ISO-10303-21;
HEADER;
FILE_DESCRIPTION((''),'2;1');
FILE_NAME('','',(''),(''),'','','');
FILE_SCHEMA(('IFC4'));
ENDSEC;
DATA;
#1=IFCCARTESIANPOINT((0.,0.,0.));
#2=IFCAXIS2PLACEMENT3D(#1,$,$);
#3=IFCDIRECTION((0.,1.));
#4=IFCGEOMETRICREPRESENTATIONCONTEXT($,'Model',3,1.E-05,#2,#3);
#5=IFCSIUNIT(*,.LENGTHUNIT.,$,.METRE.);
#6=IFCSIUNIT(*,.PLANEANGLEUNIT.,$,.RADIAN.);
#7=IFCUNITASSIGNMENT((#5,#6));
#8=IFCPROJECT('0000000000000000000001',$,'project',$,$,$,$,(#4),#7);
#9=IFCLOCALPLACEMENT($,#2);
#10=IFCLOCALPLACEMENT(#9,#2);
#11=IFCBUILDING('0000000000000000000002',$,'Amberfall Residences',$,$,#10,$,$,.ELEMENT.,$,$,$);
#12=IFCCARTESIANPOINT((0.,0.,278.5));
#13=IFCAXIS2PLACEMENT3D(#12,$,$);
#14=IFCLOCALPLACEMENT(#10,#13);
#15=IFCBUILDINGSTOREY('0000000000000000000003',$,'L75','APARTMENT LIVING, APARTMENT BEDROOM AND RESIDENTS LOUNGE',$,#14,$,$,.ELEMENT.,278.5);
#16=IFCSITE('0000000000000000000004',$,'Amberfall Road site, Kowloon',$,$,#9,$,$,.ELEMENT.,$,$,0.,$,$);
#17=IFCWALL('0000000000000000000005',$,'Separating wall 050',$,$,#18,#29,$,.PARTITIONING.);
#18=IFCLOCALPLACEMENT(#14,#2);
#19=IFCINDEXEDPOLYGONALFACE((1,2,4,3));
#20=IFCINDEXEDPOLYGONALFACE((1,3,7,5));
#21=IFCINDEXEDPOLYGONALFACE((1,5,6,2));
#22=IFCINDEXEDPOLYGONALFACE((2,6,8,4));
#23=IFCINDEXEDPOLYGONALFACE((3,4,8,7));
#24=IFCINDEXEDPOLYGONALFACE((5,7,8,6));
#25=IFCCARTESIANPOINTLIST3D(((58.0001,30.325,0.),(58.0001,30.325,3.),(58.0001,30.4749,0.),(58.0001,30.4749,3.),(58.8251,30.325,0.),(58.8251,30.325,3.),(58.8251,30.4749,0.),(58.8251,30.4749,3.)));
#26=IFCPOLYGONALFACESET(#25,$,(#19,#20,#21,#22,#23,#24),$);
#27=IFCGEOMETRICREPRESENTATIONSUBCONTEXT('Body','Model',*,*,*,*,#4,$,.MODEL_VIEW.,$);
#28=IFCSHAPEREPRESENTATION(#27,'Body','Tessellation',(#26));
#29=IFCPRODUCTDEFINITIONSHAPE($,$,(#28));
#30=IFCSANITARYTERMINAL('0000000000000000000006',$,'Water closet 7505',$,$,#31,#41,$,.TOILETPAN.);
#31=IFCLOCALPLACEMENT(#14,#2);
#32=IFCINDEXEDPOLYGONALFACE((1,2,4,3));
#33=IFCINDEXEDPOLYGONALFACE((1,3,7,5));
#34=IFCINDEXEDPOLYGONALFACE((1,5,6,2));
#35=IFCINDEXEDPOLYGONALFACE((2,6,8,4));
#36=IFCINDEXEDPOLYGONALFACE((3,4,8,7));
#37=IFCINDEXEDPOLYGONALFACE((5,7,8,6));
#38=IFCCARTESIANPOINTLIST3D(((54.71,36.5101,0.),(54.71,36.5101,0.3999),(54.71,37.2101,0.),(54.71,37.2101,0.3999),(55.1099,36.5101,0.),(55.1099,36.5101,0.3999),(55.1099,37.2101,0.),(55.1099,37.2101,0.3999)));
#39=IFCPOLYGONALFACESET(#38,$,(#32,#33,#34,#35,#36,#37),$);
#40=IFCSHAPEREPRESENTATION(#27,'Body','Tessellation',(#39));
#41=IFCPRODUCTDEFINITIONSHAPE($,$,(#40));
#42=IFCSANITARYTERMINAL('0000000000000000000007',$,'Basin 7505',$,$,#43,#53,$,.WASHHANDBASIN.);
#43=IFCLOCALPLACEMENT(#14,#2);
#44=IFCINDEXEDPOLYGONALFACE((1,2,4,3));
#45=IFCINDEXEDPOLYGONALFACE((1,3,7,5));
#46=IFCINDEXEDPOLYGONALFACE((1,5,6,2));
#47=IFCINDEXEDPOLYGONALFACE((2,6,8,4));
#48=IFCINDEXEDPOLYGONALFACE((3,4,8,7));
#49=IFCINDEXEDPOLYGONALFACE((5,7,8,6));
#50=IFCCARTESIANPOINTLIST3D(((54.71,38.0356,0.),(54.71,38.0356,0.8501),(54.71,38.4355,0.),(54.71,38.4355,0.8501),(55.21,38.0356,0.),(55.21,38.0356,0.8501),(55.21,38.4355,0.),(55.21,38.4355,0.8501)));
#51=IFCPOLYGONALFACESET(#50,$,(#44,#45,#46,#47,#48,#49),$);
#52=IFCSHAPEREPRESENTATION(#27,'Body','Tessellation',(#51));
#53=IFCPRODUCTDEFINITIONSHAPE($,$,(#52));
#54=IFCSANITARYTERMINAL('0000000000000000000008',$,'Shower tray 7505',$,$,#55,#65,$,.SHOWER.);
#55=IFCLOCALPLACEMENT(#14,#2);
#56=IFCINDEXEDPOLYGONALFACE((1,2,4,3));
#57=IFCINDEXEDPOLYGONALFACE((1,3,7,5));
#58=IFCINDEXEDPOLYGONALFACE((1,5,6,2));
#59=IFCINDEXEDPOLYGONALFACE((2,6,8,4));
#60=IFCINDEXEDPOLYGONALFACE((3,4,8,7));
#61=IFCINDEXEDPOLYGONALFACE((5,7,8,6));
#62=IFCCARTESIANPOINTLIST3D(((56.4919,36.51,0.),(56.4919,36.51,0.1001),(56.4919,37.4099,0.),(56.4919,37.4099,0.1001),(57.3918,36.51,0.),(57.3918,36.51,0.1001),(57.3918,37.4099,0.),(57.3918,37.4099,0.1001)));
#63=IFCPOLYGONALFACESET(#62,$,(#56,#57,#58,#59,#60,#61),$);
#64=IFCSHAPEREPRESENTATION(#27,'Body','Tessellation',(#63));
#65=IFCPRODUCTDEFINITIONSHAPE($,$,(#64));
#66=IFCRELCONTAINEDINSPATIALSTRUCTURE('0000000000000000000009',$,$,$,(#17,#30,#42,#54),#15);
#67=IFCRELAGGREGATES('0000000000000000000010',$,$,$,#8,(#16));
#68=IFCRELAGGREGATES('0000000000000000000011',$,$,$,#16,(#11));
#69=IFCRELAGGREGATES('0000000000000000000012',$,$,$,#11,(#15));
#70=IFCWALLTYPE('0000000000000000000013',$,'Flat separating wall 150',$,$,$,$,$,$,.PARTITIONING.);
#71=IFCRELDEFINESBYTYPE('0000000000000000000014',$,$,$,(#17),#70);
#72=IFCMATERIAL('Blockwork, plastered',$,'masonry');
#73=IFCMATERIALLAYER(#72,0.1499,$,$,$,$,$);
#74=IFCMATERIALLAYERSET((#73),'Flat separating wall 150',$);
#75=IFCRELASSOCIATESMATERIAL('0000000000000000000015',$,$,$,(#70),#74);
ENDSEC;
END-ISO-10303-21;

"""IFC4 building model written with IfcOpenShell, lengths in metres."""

from ifc_helpers import new_model, si_unit, direction, frame, frame_2d, origin, origin_2d, place, context, subcontext, project, spatial, rectangle, extrude, material, layer, layer_set, type_object, element, save


model = new_model("IFC4")

# Units and contexts
model_context = context("Model", 3, precision=1e-05, world=origin(), true_north=direction((0.0, 1.0)))
body_context = subcontext(model_context, "Body", "Model", "MODEL_VIEW")
ifc_project = project(units=[si_unit("LENGTHUNIT", "METRE"), si_unit("PLANEANGLEUNIT", "RADIAN")], contexts=[model_context])

# Site, building, storey
site_placement = place(None, origin())
site = spatial("IfcSite", under=ifc_project, at=site_placement, Name="Amberfall Road site, Kowloon", CompositionType="ELEMENT", RefElevation=0.0)
building_placement = place(site_placement, origin())
building = spatial("IfcBuilding", under=site, at=building_placement, Name="Amberfall Residences", CompositionType="ELEMENT")
storey_placement = place(building_placement, frame((0.0, 0.0, 278.5)))
storey = spatial("IfcBuildingStorey", under=building, at=storey_placement, Name="L75", Description="APARTMENT LIVING, APARTMENT BEDROOM AND RESIDENTS LOUNGE", CompositionType="ELEMENT", Elevation=278.5)

# Wall
ifc_material_1 = material(Name="Blockwork, plastered", Category="masonry")
ifc_layer_1 = layer(ifc_material_1, 0.1499)
ifc_layer_set_1 = layer_set([ifc_layer_1], Name="Flat separating wall 150")
wall_type_1 = type_object("IfcWallType", Name="Flat separating wall 150", PredefinedType="PARTITIONING", material=ifc_layer_set_1)
wall_1_placement = place(storey_placement, frame((58.0, 30.3999, 0.0), z_axis=(0.0, 0.0, 1.0), x_axis=(1.0, 0.0, 0.0)))
element("IfcWall", 1, at=wall_1_placement, inside=storey, type_object=wall_type_1, Name="Separating wall 050", PredefinedType="PARTITIONING", context=body_context, shape_type="SweptSolid", body=[
    extrude(rectangle(XDim=0.825, YDim=0.1499, at=frame_2d((0.4126, 0.0))), origin(), (0.0, 0.0, 1.0), 3.0),
])

# Sanitary terminals
sanitary_terminal_1_placement = place(storey_placement, frame((54.9099, 36.8601, 0.0), z_axis=(0.0, 0.0, 1.0), x_axis=(1.0, 0.0, 0.0)))
element("IfcSanitaryTerminal", 2, at=sanitary_terminal_1_placement, inside=storey, Name="Water closet 7505", PredefinedType="TOILETPAN", context=body_context, shape_type="SweptSolid", body=[
    extrude(rectangle(XDim=0.3999, YDim=0.7, at=origin_2d()), origin(), (0.0, 0.0, 1.0), 0.3999),
])
sanitary_terminal_2_placement = place(storey_placement, frame((54.96, 38.2356, 0.0), z_axis=(0.0, 0.0, 1.0), x_axis=(1.0, 0.0, 0.0)))
element("IfcSanitaryTerminal", 3, at=sanitary_terminal_2_placement, inside=storey, Name="Basin 7505", PredefinedType="WASHHANDBASIN", context=body_context, shape_type="SweptSolid", body=[
    extrude(rectangle(XDim=0.5, YDim=0.3999, at=origin_2d()), origin(), (0.0, 0.0, 1.0), 0.8501),
])
sanitary_terminal_3_placement = place(storey_placement, frame((56.9419, 36.96, 0.0), z_axis=(0.0, 0.0, 1.0), x_axis=(1.0, 0.0, 0.0)))
element("IfcSanitaryTerminal", 4, at=sanitary_terminal_3_placement, inside=storey, Name="Shower tray 7505", PredefinedType="SHOWER", context=body_context, shape_type="SweptSolid", body=[
    extrude(rectangle(XDim=0.8999, YDim=0.8999, at=origin_2d()), origin(), (0.0, 0.0, 1.0), 0.1001),
])

save(model, "model.ifc")
